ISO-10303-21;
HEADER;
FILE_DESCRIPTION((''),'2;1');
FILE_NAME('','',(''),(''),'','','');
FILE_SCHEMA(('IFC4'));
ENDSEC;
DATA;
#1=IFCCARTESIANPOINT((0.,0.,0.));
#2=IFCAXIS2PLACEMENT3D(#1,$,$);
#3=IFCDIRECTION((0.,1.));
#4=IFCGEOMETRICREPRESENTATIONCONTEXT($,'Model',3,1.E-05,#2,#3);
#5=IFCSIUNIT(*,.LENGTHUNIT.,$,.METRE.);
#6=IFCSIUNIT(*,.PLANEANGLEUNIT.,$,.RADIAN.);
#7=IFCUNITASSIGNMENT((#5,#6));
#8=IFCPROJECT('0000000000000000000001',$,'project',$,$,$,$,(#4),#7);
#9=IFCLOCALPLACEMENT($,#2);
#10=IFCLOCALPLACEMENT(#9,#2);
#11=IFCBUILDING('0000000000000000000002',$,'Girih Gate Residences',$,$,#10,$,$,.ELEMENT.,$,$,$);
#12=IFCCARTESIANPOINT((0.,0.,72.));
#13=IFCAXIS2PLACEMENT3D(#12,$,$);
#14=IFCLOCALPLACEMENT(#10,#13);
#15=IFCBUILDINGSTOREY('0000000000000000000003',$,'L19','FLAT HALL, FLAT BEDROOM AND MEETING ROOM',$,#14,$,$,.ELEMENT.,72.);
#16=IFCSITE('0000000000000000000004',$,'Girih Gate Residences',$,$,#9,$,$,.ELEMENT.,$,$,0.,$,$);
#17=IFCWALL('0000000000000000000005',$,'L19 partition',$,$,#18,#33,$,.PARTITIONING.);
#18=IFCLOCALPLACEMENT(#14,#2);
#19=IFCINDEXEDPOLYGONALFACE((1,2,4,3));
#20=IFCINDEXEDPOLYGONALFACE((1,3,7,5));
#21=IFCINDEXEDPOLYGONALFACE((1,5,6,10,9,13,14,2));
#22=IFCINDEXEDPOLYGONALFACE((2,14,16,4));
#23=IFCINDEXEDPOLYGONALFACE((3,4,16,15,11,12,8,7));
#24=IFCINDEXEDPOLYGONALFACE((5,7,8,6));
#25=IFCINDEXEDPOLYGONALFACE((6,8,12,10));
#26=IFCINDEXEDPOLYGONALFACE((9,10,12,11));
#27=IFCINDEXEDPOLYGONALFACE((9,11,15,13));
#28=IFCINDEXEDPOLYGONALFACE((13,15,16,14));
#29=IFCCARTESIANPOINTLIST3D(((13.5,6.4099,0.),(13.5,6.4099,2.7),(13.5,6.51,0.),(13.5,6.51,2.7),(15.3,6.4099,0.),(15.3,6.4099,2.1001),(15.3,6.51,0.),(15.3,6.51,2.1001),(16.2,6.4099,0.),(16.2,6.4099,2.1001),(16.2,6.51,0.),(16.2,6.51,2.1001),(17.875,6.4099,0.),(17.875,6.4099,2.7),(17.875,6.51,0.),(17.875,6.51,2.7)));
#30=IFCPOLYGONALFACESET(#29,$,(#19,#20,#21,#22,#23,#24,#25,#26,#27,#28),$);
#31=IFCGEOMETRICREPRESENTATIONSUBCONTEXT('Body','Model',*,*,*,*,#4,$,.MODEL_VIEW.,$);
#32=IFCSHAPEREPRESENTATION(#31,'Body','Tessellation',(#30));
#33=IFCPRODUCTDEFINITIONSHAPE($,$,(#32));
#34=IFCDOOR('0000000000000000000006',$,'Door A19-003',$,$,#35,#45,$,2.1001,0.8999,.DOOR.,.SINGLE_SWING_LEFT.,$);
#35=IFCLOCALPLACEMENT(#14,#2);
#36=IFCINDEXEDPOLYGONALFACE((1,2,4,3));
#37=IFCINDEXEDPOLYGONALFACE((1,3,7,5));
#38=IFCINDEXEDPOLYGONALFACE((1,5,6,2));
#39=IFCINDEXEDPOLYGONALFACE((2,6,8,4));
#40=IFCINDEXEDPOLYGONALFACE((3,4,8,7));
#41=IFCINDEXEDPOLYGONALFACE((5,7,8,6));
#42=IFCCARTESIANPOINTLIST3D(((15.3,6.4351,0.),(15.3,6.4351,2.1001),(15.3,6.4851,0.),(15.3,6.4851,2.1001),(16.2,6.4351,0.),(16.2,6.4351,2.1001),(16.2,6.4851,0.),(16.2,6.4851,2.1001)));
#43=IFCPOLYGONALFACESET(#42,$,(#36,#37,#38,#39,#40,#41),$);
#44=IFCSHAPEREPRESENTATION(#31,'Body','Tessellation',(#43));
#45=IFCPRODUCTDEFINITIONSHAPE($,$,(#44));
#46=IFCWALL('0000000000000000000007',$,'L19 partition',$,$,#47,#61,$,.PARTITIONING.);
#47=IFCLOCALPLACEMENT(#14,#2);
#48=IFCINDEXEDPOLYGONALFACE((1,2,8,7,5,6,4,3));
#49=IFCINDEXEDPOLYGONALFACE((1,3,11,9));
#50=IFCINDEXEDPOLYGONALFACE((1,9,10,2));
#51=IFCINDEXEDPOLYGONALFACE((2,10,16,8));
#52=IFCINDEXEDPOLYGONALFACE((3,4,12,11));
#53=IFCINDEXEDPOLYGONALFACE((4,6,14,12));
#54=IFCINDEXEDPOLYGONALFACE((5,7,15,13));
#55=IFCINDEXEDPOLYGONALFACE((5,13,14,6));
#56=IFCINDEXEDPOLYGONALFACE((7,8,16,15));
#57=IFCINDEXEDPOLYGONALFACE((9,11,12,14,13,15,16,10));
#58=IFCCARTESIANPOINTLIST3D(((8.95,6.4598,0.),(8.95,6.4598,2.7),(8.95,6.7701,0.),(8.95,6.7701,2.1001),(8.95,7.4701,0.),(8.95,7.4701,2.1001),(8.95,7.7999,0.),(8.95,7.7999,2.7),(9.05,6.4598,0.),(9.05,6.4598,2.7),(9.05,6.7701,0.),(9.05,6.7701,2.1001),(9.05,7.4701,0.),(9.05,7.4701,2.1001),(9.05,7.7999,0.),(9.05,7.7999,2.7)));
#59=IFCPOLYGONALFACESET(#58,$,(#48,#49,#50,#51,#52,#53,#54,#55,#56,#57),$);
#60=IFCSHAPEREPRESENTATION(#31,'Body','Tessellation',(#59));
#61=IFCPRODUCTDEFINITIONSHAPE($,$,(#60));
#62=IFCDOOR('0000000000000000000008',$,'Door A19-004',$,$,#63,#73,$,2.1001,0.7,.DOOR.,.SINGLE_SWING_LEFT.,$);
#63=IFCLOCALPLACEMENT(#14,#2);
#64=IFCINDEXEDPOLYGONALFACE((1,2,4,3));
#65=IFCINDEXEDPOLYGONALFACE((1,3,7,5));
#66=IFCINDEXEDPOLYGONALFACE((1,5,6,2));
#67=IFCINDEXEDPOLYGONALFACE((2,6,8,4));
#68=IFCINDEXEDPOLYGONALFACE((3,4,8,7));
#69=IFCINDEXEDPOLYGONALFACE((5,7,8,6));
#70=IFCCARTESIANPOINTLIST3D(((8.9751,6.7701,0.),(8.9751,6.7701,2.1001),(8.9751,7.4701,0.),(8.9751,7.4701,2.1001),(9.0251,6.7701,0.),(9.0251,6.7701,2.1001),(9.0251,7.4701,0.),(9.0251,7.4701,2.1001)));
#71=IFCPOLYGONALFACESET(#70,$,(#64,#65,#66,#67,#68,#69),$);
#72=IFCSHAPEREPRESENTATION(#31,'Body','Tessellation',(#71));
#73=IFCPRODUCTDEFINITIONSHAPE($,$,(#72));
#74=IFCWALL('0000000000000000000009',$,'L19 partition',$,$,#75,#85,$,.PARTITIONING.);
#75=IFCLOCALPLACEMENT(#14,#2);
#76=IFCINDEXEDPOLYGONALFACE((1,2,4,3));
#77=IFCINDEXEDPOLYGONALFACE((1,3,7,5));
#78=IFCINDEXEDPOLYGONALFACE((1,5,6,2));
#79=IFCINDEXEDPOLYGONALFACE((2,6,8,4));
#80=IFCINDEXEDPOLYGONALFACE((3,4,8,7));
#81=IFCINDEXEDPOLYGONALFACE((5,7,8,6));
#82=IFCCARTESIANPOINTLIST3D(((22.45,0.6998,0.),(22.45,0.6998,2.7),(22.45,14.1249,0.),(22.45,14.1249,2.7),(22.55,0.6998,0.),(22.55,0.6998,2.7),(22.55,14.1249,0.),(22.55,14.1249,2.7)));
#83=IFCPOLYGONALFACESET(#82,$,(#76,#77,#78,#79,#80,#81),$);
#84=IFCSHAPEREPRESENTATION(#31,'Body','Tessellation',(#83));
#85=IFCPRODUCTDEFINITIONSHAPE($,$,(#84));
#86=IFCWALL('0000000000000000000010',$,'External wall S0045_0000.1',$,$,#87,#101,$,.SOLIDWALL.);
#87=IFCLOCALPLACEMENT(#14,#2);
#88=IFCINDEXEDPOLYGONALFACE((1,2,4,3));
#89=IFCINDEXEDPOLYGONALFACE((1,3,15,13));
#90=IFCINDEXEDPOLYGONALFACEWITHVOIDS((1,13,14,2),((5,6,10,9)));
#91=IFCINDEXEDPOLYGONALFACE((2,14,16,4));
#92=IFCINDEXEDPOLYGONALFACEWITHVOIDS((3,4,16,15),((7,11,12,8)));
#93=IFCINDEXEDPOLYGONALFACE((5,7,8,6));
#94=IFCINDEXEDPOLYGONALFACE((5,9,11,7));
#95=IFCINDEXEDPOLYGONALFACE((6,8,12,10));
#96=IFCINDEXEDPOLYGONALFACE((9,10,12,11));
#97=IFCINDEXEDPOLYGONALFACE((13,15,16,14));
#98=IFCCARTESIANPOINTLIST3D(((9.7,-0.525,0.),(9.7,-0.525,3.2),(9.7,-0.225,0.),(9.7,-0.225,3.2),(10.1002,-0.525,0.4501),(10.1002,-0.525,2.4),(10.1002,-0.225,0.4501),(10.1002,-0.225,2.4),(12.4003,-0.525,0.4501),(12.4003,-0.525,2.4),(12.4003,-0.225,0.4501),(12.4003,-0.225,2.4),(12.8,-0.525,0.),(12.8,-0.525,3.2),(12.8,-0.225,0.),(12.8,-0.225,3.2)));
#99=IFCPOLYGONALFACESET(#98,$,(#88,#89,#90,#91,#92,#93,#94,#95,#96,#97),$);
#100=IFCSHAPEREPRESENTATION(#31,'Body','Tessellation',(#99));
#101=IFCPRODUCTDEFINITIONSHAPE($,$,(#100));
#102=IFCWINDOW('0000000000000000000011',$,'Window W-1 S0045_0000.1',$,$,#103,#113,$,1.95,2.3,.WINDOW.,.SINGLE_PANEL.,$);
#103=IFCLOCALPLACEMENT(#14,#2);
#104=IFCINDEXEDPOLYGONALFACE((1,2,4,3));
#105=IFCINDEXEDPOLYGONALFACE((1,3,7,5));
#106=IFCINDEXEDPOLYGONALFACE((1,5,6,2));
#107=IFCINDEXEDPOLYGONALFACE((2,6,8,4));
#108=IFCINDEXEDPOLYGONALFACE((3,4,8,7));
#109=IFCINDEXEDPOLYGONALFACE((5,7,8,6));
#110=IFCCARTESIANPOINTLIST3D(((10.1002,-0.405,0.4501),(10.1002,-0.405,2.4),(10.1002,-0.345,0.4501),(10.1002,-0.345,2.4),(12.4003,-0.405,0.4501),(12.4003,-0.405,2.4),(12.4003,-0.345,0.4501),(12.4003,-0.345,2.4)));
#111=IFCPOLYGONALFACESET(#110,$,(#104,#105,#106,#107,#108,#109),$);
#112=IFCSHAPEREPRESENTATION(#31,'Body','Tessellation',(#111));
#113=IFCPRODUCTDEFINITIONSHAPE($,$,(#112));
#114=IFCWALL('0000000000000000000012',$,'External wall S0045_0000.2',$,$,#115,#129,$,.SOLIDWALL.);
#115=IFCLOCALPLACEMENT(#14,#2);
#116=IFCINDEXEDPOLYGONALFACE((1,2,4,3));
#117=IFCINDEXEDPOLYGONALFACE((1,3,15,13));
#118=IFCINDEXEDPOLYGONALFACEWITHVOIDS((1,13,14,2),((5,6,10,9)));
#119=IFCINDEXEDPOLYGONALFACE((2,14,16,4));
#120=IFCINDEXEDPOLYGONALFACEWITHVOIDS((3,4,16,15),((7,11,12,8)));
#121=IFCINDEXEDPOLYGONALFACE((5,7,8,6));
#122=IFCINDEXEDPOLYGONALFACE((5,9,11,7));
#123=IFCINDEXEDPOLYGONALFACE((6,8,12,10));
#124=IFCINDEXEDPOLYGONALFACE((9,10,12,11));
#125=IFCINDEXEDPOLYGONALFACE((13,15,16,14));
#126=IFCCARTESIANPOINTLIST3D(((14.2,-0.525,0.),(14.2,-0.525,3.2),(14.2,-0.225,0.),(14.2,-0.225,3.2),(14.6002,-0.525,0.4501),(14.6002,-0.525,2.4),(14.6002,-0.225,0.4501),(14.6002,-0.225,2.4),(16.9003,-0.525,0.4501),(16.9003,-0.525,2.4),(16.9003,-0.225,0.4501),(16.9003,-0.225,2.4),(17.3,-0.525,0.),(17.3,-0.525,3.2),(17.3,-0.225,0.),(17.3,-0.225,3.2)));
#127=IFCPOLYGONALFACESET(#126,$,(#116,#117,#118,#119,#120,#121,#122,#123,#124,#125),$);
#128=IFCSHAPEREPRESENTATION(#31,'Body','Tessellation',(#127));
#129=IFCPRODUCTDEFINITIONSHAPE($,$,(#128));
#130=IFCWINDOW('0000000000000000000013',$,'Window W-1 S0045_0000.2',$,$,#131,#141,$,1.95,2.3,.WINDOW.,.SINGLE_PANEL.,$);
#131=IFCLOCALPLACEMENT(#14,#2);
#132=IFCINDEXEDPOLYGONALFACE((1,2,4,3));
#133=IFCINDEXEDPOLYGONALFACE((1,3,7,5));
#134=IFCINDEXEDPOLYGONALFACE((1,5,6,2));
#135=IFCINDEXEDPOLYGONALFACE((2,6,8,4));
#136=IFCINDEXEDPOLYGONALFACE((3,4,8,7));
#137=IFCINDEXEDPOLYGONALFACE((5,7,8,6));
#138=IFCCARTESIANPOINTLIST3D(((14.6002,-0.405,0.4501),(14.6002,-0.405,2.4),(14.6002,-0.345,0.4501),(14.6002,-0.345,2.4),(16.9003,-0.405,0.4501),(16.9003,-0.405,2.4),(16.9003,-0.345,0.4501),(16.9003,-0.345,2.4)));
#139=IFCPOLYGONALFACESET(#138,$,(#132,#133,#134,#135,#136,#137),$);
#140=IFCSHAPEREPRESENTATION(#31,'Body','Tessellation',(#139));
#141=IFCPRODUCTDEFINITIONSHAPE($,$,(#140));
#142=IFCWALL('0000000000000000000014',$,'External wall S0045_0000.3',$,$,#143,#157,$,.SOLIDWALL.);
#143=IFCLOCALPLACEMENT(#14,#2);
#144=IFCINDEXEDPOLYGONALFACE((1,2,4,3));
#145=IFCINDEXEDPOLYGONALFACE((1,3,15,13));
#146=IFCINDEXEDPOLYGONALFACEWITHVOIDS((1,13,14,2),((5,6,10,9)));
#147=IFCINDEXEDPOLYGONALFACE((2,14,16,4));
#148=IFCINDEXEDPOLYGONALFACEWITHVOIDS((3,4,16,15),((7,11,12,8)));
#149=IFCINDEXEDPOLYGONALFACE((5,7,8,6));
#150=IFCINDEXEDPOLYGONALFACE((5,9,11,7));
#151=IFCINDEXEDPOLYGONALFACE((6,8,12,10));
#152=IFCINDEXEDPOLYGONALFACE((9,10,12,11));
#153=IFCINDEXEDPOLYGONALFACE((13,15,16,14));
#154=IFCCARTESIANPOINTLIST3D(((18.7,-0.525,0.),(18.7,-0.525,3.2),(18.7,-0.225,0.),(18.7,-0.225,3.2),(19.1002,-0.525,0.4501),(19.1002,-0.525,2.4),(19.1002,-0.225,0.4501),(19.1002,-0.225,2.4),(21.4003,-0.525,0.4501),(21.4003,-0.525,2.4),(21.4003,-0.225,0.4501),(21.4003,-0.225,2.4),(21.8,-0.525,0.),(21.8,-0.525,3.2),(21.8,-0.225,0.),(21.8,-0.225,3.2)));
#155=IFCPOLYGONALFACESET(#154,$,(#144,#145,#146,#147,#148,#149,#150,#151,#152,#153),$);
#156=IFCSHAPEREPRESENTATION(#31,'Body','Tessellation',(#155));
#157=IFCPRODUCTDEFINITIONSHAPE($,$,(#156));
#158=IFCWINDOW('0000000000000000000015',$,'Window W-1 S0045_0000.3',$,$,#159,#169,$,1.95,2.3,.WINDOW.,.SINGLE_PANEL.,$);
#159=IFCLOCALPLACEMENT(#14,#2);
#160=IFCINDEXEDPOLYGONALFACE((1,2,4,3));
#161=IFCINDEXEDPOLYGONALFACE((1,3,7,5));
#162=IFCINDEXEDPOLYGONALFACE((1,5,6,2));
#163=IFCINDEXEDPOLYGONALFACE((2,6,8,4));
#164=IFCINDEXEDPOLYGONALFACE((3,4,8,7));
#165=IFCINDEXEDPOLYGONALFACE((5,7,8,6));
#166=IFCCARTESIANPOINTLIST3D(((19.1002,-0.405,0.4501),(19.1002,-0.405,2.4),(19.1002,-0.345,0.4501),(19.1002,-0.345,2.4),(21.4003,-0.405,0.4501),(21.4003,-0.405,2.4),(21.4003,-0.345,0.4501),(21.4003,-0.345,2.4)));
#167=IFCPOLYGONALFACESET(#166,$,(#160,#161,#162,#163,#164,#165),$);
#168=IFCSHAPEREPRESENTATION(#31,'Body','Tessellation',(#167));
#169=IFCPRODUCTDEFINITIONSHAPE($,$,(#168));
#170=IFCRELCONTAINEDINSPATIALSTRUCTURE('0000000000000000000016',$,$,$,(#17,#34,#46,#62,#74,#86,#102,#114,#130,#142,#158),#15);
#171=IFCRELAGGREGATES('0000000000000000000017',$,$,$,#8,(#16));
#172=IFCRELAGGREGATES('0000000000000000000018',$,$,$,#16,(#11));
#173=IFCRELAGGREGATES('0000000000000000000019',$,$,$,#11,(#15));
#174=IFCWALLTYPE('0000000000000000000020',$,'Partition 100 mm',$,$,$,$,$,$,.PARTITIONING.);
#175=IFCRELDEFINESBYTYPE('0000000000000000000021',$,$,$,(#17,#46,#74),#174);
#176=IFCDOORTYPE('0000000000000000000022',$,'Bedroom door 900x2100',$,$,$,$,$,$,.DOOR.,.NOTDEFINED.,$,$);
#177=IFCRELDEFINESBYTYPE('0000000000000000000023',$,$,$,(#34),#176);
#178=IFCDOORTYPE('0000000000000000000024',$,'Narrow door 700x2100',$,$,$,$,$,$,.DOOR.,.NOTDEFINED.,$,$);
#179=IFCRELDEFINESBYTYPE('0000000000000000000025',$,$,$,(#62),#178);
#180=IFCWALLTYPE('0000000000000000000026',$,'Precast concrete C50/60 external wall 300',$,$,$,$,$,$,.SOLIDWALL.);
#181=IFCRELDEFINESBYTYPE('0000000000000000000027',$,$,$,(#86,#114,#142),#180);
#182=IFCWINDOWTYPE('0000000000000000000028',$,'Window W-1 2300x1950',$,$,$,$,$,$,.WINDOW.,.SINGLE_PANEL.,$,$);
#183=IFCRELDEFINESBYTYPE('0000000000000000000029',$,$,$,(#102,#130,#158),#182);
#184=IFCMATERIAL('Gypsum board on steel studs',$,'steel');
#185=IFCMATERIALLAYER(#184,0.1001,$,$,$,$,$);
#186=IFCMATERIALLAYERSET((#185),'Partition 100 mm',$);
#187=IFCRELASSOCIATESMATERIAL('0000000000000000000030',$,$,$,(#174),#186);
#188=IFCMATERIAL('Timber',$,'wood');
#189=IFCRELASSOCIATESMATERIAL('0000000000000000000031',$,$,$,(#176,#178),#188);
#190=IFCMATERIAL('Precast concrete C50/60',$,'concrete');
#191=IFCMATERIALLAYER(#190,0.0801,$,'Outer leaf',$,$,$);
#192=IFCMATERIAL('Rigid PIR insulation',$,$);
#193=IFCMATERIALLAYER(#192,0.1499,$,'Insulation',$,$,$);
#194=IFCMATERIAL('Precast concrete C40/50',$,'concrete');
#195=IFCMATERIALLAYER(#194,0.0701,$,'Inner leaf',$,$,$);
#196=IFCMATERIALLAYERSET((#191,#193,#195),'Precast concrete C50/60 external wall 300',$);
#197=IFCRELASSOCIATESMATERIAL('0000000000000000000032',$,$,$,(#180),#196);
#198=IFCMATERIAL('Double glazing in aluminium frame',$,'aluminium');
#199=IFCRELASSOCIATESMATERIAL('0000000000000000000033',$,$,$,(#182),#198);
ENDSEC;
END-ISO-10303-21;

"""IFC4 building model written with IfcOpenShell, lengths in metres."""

from ifc_helpers import new_model, si_unit, direction, frame, frame_2d, origin, place, context, subcontext, project, spatial, rectangle, extrude, material, layer, layer_set, type_object, element, fill, save


model = new_model("IFC4")

# Units and contexts
model_context = context("Model", 3, precision=1e-05, world=origin(), true_north=direction((0.0, 1.0)))
body_context = subcontext(model_context, "Body", "Model", "MODEL_VIEW")
ifc_project = project(units=[si_unit("LENGTHUNIT", "METRE"), si_unit("PLANEANGLEUNIT", "RADIAN")], contexts=[model_context])

# Site, building, storey
site_placement = place(None, origin())
site = spatial("IfcSite", under=ifc_project, at=site_placement, Name="Girih Gate Residences", CompositionType="ELEMENT", RefElevation=0.0)
building_placement = place(site_placement, origin())
building = spatial("IfcBuilding", under=site, at=building_placement, Name="Girih Gate Residences", CompositionType="ELEMENT")
storey_placement = place(building_placement, frame((0.0, 0.0, 72.0)))
storey = spatial("IfcBuildingStorey", under=building, at=storey_placement, Name="L19", Description="FLAT HALL, FLAT BEDROOM AND MEETING ROOM", CompositionType="ELEMENT", Elevation=72.0)

# Shared definitions
ifc_material_1 = material(Name="Gypsum board on steel studs", Category="steel")
ifc_layer_1 = layer(ifc_material_1, 0.1001)
ifc_layer_set_1 = layer_set([ifc_layer_1], Name="Partition 100 mm")
wall_type_1 = type_object("IfcWallType", Name="Partition 100 mm", PredefinedType="PARTITIONING", material=ifc_layer_set_1)

# Shared definitions
ifc_material_2 = material(Name="Timber", Category="wood")
door_type_1 = type_object("IfcDoorType", Name="Bedroom door 900x2100", OperationType="NOTDEFINED", PredefinedType="DOOR", material=ifc_material_2)

# Walls, openings, doors
wall_1_placement = place(storey_placement, frame((17.875, 6.46, 0.0), z_axis=(0.0, 0.0, 1.0), x_axis=(-1.0, 0.0, 0.0)))
wall_1 = element("IfcWall", 1, at=wall_1_placement, inside=storey, type_object=wall_type_1, Name="L19 partition", PredefinedType="PARTITIONING", context=body_context, shape_type="SweptSolid", body=[
    extrude(rectangle(XDim=4.375, YDim=0.1001, at=frame_2d((2.1875, 0.0))), origin(), (0.0, 0.0, 1.0), 2.7),
])
opening_1_placement = place(wall_1_placement, frame((1.675, 0.0, 0.0)))
opening_1 = element("IfcOpeningElement", 2, at=opening_1_placement, cuts=wall_1, PredefinedType="OPENING", context=body_context, shape_type="SweptSolid", body=[
    extrude(rectangle(XDim=0.8999, YDim=2.1001, at=frame_2d((0.45, 1.05))), frame((0.0, 0.0601, 0.0), z_axis=(0.0, -1.0, 0.0), x_axis=(1.0, 0.0, 0.0)), (0.0, 0.0, 1.0), 0.1201),
])
door_1_placement = place(opening_1_placement, origin())
door_1 = element("IfcDoor", 3, at=door_1_placement, inside=storey, type_object=door_type_1, Name="Door A19-003", OperationType="SINGLE_SWING_LEFT", OverallHeight=2.1001, OverallWidth=0.8999, PredefinedType="DOOR", context=body_context, shape_type="SweptSolid", body=[
    extrude(rectangle(XDim=0.8999, YDim=2.1001, at=frame_2d((0.45, 1.05))), frame((0.0, 0.0249, 0.0), z_axis=(0.0, -1.0, 0.0), x_axis=(1.0, 0.0, 0.0)), (0.0, 0.0, 1.0), 0.05),
])
fill(opening_1, door_1)
wall_2_placement = place(storey_placement, frame((9.0, 6.46, 0.0), z_axis=(0.0, 0.0, 1.0), x_axis=(0.0, 1.0, 0.0)))
wall_2 = element("IfcWall", 4, at=wall_2_placement, inside=storey, type_object=wall_type_1, Name="L19 partition", PredefinedType="PARTITIONING", context=body_context, shape_type="SweptSolid", body=[
    extrude(rectangle(XDim=1.3401, YDim=0.1001, at=frame_2d((0.6699, 0.0))), origin(), (0.0, 0.0, 1.0), 2.7),
])
opening_2_placement = place(wall_2_placement, frame((0.3101, 0.0, 0.0)))
opening_2 = element("IfcOpeningElement", 5, at=opening_2_placement, cuts=wall_2, PredefinedType="OPENING", context=body_context, shape_type="SweptSolid", body=[
    extrude(rectangle(XDim=0.7, YDim=2.1001, at=frame_2d((0.3501, 1.05))), frame((0.0, 0.0601, 0.0), z_axis=(0.0, -1.0, 0.0), x_axis=(1.0, 0.0, 0.0)), (0.0, 0.0, 1.0), 0.1201),
])
door_type_2 = type_object("IfcDoorType", Name="Narrow door 700x2100", OperationType="NOTDEFINED", PredefinedType="DOOR", material=ifc_material_2)
door_2_placement = place(opening_2_placement, origin())
door_2 = element("IfcDoor", 6, at=door_2_placement, inside=storey, type_object=door_type_2, Name="Door A19-004", OperationType="SINGLE_SWING_LEFT", OverallHeight=2.1001, OverallWidth=0.7, PredefinedType="DOOR", context=body_context, shape_type="SweptSolid", body=[
    extrude(rectangle(XDim=0.7, YDim=2.1001, at=frame_2d((0.3501, 1.05))), frame((0.0, 0.0249, 0.0), z_axis=(0.0, -1.0, 0.0), x_axis=(1.0, 0.0, 0.0)), (0.0, 0.0, 1.0), 0.05),
])
fill(opening_2, door_2)

# Wall
wall_3_placement = place(storey_placement, frame((22.5, 0.7, 0.0), z_axis=(0.0, 0.0, 1.0), x_axis=(0.0, 1.0, 0.0)))
element("IfcWall", 7, at=wall_3_placement, inside=storey, type_object=wall_type_1, Name="L19 partition", PredefinedType="PARTITIONING", context=body_context, shape_type="SweptSolid", body=[
    extrude(rectangle(XDim=13.425, YDim=0.1001, at=frame_2d((6.7124, 0.0))), origin(), (0.0, 0.0, 1.0), 2.7),
])

# Walls, openings, windows
ifc_material_3 = material(Name="Precast concrete C50/60", Category="concrete")
ifc_layer_2 = layer(ifc_material_3, 0.0801, Name="Outer leaf")
ifc_material_4 = material(Name="Rigid PIR insulation")
ifc_layer_3 = layer(ifc_material_4, 0.1499, Name="Insulation")
ifc_material_5 = material(Name="Precast concrete C40/50", Category="concrete")
ifc_layer_4 = layer(ifc_material_5, 0.0701, Name="Inner leaf")
ifc_layer_set_2 = layer_set([ifc_layer_2, ifc_layer_3, ifc_layer_4], Name="Precast concrete C50/60 external wall 300")
wall_type_2 = type_object("IfcWallType", Name="Precast concrete C50/60 external wall 300", PredefinedType="SOLIDWALL", material=ifc_layer_set_2)
wall_4_placement = place(storey_placement, frame((12.8, -0.375, 0.0), z_axis=(0.0, 0.0, 1.0), x_axis=(-1.0, 0.0, 0.0)))
wall_4 = element("IfcWall", 8, at=wall_4_placement, inside=storey, type_object=wall_type_2, Name="External wall S0045_0000.1", PredefinedType="SOLIDWALL", context=body_context, shape_type="SweptSolid", body=[
    extrude(rectangle(XDim=3.1001, YDim=0.3, at=frame_2d((1.55, 0.0))), origin(), (0.0, 0.0, 1.0), 3.2),
])
opening_3_placement = place(wall_4_placement, frame((0.3999, 0.0, 0.45)))
opening_3 = element("IfcOpeningElement", 9, at=opening_3_placement, cuts=wall_4, PredefinedType="OPENING", context=body_context, shape_type="SweptSolid", body=[
    extrude(rectangle(XDim=2.3, YDim=1.95, at=frame_2d((1.1499, 0.9751))), frame((0.0, 0.1599, 0.0), z_axis=(0.0, -1.0, 0.0), x_axis=(1.0, 0.0, 0.0)), (0.0, 0.0, 1.0), 0.3201),
])
ifc_material_6 = material(Name="Double glazing in aluminium frame", Category="aluminium")
window_type = type_object("IfcWindowType", Name="Window W-1 2300x1950", PartitioningType="SINGLE_PANEL", PredefinedType="WINDOW", material=ifc_material_6)
window_1_placement = place(opening_3_placement, origin())
window_1 = element("IfcWindow", 10, at=window_1_placement, inside=storey, type_object=window_type, Name="Window W-1 S0045_0000.1", OverallHeight=1.95, OverallWidth=2.3, PartitioningType="SINGLE_PANEL", PredefinedType="WINDOW", context=body_context, shape_type="SweptSolid", body=[
    extrude(rectangle(XDim=2.3, YDim=1.95, at=frame_2d((1.1499, 0.9751))), frame((0.0, 0.03, 0.0), z_axis=(0.0, -1.0, 0.0), x_axis=(1.0, 0.0, 0.0)), (0.0, 0.0, 1.0), 0.0601),
])
fill(opening_3, window_1)
wall_5_placement = place(storey_placement, frame((17.3, -0.375, 0.0), z_axis=(0.0, 0.0, 1.0), x_axis=(-1.0, 0.0, 0.0)))
wall_5 = element("IfcWall", 11, at=wall_5_placement, inside=storey, type_object=wall_type_2, Name="External wall S0045_0000.2", PredefinedType="SOLIDWALL", context=body_context, shape_type="SweptSolid", body=[
    extrude(rectangle(XDim=3.1001, YDim=0.3, at=frame_2d((1.55, 0.0))), origin(), (0.0, 0.0, 1.0), 3.2),
])
opening_4_placement = place(wall_5_placement, frame((0.3999, 0.0, 0.45)))
opening_4 = element("IfcOpeningElement", 12, at=opening_4_placement, cuts=wall_5, PredefinedType="OPENING", context=body_context, shape_type="SweptSolid", body=[
    extrude(rectangle(XDim=2.3, YDim=1.95, at=frame_2d((1.1499, 0.9751))), frame((0.0, 0.1599, 0.0), z_axis=(0.0, -1.0, 0.0), x_axis=(1.0, 0.0, 0.0)), (0.0, 0.0, 1.0), 0.3201),
])
window_2_placement = place(opening_4_placement, origin())
window_2 = element("IfcWindow", 13, at=window_2_placement, inside=storey, type_object=window_type, Name="Window W-1 S0045_0000.2", OverallHeight=1.95, OverallWidth=2.3, PartitioningType="SINGLE_PANEL", PredefinedType="WINDOW", context=body_context, shape_type="SweptSolid", body=[
    extrude(rectangle(XDim=2.3, YDim=1.95, at=frame_2d((1.1499, 0.9751))), frame((0.0, 0.03, 0.0), z_axis=(0.0, -1.0, 0.0), x_axis=(1.0, 0.0, 0.0)), (0.0, 0.0, 1.0), 0.0601),
])
fill(opening_4, window_2)
wall_6_placement = place(storey_placement, frame((21.8, -0.375, 0.0), z_axis=(0.0, 0.0, 1.0), x_axis=(-1.0, 0.0, 0.0)))
wall_6 = element("IfcWall", 14, at=wall_6_placement, inside=storey, type_object=wall_type_2, Name="External wall S0045_0000.3", PredefinedType="SOLIDWALL", context=body_context, shape_type="SweptSolid", body=[
    extrude(rectangle(XDim=3.1001, YDim=0.3, at=frame_2d((1.55, 0.0))), origin(), (0.0, 0.0, 1.0), 3.2),
])
opening_5_placement = place(wall_6_placement, frame((0.3999, 0.0, 0.45)))
opening_5 = element("IfcOpeningElement", 15, at=opening_5_placement, cuts=wall_6, PredefinedType="OPENING", context=body_context, shape_type="SweptSolid", body=[
    extrude(rectangle(XDim=2.3, YDim=1.95, at=frame_2d((1.1499, 0.9751))), frame((0.0, 0.1599, 0.0), z_axis=(0.0, -1.0, 0.0), x_axis=(1.0, 0.0, 0.0)), (0.0, 0.0, 1.0), 0.3201),
])
window_3_placement = place(opening_5_placement, origin())
window_3 = element("IfcWindow", 16, at=window_3_placement, inside=storey, type_object=window_type, Name="Window W-1 S0045_0000.3", OverallHeight=1.95, OverallWidth=2.3, PartitioningType="SINGLE_PANEL", PredefinedType="WINDOW", context=body_context, shape_type="SweptSolid", body=[
    extrude(rectangle(XDim=2.3, YDim=1.95, at=frame_2d((1.1499, 0.9751))), frame((0.0, 0.03, 0.0), z_axis=(0.0, -1.0, 0.0), x_axis=(1.0, 0.0, 0.0)), (0.0, 0.0, 1.0), 0.0601),
])
fill(opening_5, window_3)

save(model, "model.ifc")
